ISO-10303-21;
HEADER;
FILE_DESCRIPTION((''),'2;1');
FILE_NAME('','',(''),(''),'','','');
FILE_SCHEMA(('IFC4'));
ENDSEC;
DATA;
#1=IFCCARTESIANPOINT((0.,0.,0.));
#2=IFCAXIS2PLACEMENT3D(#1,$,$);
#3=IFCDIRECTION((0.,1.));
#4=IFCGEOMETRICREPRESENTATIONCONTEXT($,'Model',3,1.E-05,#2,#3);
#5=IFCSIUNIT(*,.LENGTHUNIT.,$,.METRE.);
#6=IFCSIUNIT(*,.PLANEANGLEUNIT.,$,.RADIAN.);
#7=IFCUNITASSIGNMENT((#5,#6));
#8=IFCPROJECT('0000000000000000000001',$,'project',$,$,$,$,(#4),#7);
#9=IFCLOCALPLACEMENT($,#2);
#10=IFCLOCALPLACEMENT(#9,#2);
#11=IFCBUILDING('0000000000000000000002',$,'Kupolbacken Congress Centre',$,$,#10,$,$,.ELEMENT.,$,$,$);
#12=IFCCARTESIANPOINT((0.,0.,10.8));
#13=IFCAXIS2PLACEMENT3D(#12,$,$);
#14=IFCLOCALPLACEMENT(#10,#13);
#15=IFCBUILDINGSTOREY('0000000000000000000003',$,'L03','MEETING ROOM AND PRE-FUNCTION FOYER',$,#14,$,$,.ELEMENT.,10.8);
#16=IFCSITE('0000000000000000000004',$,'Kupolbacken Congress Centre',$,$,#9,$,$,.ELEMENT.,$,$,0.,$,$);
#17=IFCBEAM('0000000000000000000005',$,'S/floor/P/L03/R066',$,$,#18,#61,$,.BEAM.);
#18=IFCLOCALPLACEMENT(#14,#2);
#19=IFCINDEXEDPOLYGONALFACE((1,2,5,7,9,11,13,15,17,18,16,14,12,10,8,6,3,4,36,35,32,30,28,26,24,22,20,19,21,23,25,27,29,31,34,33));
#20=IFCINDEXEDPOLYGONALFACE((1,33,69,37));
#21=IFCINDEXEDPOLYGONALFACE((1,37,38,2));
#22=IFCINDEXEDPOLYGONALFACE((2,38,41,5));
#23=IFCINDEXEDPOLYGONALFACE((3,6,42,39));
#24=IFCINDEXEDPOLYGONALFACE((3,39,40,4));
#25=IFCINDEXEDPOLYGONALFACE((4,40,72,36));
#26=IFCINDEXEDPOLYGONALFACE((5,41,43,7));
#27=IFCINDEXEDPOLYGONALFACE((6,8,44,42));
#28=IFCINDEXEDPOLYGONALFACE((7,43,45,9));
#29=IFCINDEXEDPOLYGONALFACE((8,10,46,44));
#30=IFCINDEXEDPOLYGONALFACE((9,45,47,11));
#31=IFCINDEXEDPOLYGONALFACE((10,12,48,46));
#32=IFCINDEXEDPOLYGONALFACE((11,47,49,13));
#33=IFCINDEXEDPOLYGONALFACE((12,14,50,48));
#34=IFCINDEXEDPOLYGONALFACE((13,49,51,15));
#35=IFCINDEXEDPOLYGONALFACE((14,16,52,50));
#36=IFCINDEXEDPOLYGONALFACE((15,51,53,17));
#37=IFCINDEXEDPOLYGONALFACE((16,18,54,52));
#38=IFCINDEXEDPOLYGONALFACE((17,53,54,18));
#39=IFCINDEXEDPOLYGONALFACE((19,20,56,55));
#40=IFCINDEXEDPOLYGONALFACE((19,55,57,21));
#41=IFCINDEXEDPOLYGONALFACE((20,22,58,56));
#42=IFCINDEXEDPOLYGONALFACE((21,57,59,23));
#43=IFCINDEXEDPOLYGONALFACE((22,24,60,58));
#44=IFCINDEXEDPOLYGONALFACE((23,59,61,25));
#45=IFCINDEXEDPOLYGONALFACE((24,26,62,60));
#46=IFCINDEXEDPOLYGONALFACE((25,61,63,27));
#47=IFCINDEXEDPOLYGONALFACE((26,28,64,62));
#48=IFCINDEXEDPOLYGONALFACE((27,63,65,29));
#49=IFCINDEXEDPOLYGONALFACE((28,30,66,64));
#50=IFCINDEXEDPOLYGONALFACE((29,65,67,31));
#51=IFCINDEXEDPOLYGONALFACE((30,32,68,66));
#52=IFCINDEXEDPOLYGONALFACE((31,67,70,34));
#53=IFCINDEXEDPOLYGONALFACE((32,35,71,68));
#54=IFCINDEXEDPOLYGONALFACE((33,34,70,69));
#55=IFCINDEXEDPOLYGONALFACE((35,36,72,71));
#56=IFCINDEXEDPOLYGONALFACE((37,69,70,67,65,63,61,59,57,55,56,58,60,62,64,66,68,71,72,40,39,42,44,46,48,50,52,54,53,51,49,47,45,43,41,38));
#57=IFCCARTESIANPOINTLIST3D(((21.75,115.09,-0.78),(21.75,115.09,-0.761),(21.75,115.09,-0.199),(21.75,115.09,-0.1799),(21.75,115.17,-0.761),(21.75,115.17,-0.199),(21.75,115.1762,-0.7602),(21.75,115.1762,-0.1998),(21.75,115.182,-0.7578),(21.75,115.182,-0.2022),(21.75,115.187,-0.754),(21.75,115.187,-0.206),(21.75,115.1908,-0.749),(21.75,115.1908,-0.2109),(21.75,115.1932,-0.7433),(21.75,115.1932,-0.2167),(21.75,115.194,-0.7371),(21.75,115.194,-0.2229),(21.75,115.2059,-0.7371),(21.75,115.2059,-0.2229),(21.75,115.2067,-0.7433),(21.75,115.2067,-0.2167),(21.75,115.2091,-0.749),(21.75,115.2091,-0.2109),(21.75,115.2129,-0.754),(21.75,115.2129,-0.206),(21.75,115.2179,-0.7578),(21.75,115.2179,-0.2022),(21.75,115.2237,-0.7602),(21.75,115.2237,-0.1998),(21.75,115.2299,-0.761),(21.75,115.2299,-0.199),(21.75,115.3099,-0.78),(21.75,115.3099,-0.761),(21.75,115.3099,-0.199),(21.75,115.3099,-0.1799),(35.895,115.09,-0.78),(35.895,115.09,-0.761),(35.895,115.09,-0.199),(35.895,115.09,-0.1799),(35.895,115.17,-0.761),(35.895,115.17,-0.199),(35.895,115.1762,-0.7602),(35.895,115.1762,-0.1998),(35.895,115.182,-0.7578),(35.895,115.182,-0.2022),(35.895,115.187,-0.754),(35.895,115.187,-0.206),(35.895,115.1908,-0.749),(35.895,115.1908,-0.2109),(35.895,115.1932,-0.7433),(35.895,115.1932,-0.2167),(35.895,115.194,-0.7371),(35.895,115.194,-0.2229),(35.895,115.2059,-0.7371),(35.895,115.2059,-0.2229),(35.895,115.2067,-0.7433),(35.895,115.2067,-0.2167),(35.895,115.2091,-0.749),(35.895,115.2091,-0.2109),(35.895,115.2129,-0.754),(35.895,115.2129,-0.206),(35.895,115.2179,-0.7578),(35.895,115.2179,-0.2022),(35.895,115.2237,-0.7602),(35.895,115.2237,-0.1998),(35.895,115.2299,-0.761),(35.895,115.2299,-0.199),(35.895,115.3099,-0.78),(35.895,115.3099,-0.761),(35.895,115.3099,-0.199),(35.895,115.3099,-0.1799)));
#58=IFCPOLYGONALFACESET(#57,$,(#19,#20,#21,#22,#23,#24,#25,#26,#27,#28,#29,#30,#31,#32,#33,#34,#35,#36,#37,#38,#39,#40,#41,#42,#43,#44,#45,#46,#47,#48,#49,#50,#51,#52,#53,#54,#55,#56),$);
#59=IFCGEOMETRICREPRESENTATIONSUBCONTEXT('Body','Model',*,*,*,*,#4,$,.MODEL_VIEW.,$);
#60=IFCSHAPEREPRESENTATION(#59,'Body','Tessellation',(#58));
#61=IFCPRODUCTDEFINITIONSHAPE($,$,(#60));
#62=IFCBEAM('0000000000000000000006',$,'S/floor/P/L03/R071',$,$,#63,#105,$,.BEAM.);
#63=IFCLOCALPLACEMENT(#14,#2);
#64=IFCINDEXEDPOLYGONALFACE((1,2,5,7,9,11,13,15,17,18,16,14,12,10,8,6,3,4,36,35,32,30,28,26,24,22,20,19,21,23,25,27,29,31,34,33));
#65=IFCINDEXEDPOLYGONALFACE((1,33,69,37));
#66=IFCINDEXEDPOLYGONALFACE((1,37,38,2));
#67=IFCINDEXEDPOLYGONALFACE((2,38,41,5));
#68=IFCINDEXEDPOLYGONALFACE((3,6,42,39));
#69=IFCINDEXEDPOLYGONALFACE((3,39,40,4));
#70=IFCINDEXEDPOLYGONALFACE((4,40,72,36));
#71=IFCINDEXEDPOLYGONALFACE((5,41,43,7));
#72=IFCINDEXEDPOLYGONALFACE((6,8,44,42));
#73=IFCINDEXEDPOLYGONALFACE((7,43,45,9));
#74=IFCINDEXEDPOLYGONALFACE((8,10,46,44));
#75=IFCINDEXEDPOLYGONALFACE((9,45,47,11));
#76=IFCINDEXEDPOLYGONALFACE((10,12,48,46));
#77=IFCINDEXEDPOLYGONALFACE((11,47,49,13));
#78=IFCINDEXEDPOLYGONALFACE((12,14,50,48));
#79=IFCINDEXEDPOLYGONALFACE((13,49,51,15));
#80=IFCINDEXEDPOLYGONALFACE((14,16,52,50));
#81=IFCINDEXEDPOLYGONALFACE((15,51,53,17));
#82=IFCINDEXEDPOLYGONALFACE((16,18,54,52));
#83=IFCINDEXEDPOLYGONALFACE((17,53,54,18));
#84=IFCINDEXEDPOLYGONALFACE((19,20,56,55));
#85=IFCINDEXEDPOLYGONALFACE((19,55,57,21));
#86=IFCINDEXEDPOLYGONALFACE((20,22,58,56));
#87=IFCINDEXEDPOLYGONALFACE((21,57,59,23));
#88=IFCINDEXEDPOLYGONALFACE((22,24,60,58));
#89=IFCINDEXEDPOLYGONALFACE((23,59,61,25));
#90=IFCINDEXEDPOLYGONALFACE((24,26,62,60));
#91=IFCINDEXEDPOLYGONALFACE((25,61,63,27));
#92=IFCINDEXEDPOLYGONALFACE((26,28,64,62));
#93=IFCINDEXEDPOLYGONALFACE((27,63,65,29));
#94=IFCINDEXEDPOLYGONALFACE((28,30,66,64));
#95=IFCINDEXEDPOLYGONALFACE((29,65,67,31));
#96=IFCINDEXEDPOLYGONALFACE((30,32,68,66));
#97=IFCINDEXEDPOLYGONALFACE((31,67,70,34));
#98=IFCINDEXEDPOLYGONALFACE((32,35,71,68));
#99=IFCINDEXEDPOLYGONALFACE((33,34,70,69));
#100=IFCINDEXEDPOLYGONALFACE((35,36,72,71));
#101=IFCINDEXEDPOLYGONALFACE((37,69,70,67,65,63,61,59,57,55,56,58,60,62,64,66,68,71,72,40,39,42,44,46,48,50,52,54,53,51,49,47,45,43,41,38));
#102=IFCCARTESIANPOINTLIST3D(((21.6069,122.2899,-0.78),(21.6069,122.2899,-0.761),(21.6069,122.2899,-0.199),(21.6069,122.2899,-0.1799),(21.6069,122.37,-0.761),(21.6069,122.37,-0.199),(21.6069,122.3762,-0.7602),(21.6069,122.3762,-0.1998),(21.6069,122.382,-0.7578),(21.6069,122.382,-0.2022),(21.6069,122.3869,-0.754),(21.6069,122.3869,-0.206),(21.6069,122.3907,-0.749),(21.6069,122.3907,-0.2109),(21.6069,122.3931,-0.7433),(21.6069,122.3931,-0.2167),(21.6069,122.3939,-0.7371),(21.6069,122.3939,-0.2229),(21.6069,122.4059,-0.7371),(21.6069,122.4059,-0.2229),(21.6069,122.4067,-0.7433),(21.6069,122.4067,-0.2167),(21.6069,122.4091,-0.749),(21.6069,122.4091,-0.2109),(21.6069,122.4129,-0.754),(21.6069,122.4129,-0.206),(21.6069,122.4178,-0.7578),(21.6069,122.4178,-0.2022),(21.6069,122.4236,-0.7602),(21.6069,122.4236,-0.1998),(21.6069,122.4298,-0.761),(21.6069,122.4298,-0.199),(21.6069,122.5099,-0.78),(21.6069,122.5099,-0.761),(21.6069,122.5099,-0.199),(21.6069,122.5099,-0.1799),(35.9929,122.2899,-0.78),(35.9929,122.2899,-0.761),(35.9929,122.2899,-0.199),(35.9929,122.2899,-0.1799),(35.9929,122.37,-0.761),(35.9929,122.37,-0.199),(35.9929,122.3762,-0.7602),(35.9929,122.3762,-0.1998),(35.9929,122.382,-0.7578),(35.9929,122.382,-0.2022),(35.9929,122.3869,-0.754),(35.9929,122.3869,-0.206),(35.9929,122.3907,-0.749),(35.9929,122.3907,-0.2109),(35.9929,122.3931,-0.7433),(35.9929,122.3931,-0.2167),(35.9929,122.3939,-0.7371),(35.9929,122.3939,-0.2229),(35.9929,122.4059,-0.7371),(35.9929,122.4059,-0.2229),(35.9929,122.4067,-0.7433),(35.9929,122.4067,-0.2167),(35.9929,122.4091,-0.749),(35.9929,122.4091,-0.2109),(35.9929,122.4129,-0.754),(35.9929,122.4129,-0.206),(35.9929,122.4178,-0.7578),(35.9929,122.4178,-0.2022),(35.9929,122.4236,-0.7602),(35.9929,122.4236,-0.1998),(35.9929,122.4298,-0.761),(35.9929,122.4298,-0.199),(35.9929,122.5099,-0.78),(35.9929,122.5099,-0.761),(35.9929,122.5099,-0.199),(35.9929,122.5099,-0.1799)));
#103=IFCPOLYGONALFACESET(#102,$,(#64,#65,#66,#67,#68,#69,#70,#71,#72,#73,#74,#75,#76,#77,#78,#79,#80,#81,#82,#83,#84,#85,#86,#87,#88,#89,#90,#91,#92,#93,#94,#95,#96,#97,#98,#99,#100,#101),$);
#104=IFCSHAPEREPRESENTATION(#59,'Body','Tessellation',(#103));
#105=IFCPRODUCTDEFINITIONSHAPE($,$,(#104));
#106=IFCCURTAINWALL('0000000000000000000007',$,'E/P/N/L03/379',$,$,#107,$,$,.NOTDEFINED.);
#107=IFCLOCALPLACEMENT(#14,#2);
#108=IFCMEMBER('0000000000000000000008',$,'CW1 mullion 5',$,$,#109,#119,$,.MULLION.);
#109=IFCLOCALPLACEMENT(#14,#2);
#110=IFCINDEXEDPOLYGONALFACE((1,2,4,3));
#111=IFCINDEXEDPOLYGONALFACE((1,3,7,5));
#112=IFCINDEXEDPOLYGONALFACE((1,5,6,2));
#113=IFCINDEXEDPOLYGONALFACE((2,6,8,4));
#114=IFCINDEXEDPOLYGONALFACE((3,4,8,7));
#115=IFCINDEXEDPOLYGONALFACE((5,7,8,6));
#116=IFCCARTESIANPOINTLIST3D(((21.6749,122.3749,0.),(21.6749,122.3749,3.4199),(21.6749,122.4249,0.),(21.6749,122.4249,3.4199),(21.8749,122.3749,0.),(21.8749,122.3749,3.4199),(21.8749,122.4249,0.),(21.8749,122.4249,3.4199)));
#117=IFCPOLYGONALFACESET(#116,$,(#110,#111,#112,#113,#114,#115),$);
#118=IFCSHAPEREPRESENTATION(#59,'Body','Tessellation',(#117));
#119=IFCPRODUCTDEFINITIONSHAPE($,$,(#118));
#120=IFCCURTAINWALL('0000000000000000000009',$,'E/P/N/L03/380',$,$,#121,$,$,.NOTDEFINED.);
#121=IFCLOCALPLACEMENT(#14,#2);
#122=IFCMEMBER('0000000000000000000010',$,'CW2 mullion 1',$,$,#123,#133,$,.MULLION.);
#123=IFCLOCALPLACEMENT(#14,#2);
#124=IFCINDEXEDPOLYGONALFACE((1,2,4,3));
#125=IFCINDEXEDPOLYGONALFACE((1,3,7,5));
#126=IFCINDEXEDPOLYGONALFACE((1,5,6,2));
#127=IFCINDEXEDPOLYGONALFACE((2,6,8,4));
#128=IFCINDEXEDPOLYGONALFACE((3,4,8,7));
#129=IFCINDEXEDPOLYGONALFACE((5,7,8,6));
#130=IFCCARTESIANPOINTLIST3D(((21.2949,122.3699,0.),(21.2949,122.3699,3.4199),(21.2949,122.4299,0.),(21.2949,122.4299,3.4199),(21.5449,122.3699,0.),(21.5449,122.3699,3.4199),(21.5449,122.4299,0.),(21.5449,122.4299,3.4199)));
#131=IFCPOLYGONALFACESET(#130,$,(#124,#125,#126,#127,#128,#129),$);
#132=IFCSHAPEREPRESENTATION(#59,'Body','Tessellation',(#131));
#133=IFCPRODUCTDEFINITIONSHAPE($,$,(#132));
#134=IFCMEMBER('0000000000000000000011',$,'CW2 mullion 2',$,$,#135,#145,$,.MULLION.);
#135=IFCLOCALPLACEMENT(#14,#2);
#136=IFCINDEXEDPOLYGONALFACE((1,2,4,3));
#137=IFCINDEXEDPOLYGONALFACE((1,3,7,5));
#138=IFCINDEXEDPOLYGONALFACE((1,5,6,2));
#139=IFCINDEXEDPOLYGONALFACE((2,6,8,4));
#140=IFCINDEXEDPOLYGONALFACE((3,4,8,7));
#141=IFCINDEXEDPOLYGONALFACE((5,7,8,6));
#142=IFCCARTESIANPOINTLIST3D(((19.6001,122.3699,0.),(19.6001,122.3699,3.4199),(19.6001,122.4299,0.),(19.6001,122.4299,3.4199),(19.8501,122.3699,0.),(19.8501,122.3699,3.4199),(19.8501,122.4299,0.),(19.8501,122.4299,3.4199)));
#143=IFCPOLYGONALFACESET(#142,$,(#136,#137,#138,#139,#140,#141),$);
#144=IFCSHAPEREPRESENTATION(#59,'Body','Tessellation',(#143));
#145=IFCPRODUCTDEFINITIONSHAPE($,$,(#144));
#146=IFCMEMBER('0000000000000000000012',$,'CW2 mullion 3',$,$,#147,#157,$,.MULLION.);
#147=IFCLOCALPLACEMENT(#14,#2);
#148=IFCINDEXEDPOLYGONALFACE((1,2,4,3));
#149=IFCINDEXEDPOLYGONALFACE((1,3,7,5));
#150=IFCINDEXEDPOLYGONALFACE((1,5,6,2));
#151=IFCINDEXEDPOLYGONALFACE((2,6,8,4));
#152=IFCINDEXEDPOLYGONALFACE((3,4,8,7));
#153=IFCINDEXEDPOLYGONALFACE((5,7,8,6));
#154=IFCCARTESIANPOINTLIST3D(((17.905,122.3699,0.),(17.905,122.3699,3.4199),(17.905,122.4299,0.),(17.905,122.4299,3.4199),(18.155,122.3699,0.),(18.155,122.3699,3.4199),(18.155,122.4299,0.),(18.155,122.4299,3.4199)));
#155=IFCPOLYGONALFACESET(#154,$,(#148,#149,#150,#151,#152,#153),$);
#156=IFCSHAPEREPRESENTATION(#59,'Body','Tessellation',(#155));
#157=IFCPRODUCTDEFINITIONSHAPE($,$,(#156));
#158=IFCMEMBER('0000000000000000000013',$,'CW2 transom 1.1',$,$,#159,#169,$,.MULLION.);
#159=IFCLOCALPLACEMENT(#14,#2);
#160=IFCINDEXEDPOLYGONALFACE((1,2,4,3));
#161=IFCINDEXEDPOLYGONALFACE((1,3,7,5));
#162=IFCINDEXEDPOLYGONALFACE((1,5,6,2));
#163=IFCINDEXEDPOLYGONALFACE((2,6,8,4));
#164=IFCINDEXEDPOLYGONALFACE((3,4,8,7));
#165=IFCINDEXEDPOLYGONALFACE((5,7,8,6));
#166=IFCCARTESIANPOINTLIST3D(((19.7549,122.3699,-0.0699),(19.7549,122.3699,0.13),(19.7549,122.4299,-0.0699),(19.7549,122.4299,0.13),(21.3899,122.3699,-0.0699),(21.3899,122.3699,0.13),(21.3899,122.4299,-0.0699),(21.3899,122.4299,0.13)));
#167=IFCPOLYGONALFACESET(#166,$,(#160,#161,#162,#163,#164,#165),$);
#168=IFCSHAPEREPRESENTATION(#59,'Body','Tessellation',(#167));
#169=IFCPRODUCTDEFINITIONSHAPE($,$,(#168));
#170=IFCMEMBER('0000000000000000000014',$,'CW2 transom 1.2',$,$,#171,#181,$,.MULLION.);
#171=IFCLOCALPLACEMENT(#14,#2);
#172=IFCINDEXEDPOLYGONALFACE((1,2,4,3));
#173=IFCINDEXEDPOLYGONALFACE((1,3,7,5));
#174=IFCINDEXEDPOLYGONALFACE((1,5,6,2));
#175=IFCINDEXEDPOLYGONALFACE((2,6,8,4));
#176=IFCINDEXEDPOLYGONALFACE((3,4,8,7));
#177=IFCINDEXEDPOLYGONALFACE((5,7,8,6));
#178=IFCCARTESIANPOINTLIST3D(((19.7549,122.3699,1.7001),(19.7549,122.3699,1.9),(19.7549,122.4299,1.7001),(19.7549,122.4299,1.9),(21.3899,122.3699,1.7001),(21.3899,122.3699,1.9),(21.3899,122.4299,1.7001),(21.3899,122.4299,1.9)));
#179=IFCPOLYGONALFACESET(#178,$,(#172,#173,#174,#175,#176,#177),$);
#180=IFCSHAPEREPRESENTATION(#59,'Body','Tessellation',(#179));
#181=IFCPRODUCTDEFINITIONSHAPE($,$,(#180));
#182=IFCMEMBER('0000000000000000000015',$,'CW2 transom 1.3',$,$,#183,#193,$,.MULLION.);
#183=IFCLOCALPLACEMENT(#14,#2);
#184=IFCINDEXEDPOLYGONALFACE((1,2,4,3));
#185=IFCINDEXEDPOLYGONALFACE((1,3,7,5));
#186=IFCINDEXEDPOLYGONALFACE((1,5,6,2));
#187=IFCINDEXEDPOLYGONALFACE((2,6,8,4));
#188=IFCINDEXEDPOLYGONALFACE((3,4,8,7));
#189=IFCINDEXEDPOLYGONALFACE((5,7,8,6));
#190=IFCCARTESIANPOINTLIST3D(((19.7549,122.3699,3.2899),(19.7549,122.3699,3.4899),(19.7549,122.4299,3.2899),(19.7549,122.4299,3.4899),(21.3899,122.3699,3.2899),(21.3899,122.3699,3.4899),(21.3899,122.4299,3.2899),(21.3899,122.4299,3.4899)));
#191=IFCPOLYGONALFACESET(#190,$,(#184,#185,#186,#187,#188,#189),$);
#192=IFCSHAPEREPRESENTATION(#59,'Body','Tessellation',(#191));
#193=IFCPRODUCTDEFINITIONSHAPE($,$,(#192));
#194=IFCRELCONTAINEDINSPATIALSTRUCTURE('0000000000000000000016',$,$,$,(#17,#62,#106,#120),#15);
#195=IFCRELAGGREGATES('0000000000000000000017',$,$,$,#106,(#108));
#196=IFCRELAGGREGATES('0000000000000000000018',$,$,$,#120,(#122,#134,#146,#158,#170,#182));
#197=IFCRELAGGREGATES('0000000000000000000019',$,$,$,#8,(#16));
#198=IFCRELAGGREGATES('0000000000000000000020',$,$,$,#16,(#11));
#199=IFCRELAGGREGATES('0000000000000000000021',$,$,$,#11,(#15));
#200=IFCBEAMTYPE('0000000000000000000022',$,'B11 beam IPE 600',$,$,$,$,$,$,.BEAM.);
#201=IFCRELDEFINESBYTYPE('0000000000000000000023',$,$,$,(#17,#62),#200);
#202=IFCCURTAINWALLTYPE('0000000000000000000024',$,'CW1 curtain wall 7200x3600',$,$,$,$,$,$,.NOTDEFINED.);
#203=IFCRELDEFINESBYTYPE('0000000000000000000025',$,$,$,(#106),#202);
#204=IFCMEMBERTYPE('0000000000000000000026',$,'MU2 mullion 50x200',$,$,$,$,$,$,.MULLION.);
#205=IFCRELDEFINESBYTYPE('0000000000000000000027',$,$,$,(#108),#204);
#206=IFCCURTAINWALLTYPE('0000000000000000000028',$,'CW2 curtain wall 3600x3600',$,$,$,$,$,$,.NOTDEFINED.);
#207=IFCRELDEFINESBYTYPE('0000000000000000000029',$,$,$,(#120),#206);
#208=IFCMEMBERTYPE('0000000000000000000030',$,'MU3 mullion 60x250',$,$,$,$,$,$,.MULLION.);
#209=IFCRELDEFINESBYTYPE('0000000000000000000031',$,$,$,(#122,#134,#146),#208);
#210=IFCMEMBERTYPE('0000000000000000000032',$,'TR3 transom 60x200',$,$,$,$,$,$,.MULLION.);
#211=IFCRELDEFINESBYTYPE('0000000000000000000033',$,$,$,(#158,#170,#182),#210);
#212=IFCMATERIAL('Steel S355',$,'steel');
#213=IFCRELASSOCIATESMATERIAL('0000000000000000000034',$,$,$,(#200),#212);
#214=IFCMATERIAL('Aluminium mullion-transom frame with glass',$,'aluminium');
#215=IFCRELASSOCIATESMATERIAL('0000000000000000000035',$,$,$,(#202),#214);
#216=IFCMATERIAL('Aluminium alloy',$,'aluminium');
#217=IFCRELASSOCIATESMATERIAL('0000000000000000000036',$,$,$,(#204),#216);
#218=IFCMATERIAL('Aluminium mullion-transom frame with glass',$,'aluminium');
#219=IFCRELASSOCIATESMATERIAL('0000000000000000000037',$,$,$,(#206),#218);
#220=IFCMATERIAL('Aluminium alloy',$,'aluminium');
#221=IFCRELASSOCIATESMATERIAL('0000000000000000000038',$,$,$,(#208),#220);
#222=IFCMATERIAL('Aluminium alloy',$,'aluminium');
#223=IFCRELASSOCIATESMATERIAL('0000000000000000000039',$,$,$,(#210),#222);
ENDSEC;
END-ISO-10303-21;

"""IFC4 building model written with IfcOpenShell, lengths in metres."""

from ifc_helpers import new_model, si_unit, direction, frame, origin, origin_2d, place, context, subcontext, project, spatial, rectangle, i_section, extrude, material, material_profile, profile_set, type_object, element, aggregate, save


model = new_model("IFC4")

# Units and contexts
model_context = context("Model", 3, precision=1e-05, world=origin(), true_north=direction((0.0, 1.0)))
body_context = subcontext(model_context, "Body", "Model", "MODEL_VIEW")
ifc_project = project(units=[si_unit("LENGTHUNIT", "METRE"), si_unit("PLANEANGLEUNIT", "RADIAN")], contexts=[model_context])

# Site, building, storey
site_placement = place(None, origin())
site = spatial("IfcSite", under=ifc_project, at=site_placement, Name="Kupolbacken Congress Centre", CompositionType="ELEMENT", RefElevation=0.0)
building_placement = place(site_placement, origin())
building = spatial("IfcBuilding", under=site, at=building_placement, Name="Kupolbacken Congress Centre", CompositionType="ELEMENT")
storey_placement = place(building_placement, frame((0.0, 0.0, 10.8)))
storey = spatial("IfcBuildingStorey", under=building, at=storey_placement, Name="L03", Description="MEETING ROOM AND PRE-FUNCTION FOYER", CompositionType="ELEMENT", Elevation=10.8)

# Beams
ifc_material_1 = material(Name="Steel S355", Category="steel")
ifc_material_profile_1 = material_profile(ifc_material_1, i_section(OverallWidth=0.22, OverallDepth=0.6001, WebThickness=0.012, FlangeThickness=0.019, FilletRadius=0.0239, at=origin_2d()), Name="IPE 600")
ifc_profile_set_1 = profile_set([ifc_material_profile_1], Name="Steel S355")
beam_type_1 = type_object("IfcBeamType", Name="B11 beam IPE 600", PredefinedType="BEAM", material=ifc_profile_set_1)
beam_1_placement = place(storey_placement, frame((21.75, 115.2, -0.48), z_axis=(1.0, 0.0, 0.0), x_axis=(0.0, 1.0, 0.0)))
element("IfcBeam", 1, at=beam_1_placement, inside=storey, type_object=beam_type_1, Name="S/floor/P/L03/R066", PredefinedType="BEAM", context=body_context, shape_type="SweptSolid", body=[
    extrude(i_section(OverallWidth=0.22, OverallDepth=0.6001, WebThickness=0.012, FlangeThickness=0.019, FilletRadius=0.0239, at=origin_2d()), origin(), (0.0, 0.0, 1.0), 14.145),
])
beam_2_placement = place(storey_placement, frame((21.6069, 122.3999, -0.48), z_axis=(1.0, 0.0, 0.0), x_axis=(0.0, 1.0, 0.0)))
element("IfcBeam", 2, at=beam_2_placement, inside=storey, type_object=beam_type_1, Name="S/floor/P/L03/R071", PredefinedType="BEAM", context=body_context, shape_type="SweptSolid", body=[
    extrude(i_section(OverallWidth=0.22, OverallDepth=0.6001, WebThickness=0.012, FlangeThickness=0.019, FilletRadius=0.0239, at=origin_2d()), origin(), (0.0, 0.0, 1.0), 14.386),
])

# Curtain wall, member
ifc_material_2 = material(Name="Aluminium mullion-transom frame with glass", Category="aluminium")
curtain_wall_type_1 = type_object("IfcCurtainWallType", Name="CW1 curtain wall 7200x3600", PredefinedType="NOTDEFINED", material=ifc_material_2)
curtain_wall_1_placement = place(storey_placement, origin())
curtain_wall_1 = element("IfcCurtainWall", 3, at=curtain_wall_1_placement, inside=storey, type_object=curtain_wall_type_1, Name="E/P/N/L03/379", PredefinedType="NOTDEFINED")
ifc_material_3 = material(Name="Aluminium alloy", Category="aluminium")
ifc_material_profile_2 = material_profile(ifc_material_3, rectangle(XDim=0.05, YDim=0.2, at=origin_2d()), Name="50 x 200")
ifc_profile_set_2 = profile_set([ifc_material_profile_2], Name="Aluminium alloy")
member_type_1 = type_object("IfcMemberType", Name="MU2 mullion 50x200", PredefinedType="MULLION", material=ifc_profile_set_2)
member_1_placement = place(storey_placement, frame((21.7749, 122.3999, 0.0), z_axis=(0.0, 0.0, 1.0), x_axis=(0.0, -1.0, 0.0)))
member_1 = element("IfcMember", 4, at=member_1_placement, type_object=member_type_1, Name="CW1 mullion 5", PredefinedType="MULLION", context=body_context, shape_type="SweptSolid", body=[
    extrude(rectangle(XDim=0.05, YDim=0.2, at=origin_2d()), origin(), (0.0, 0.0, 1.0), 3.4199),
])
aggregate(curtain_wall_1, [member_1])

# Curtain wall, members
ifc_material_4 = material(Name="Aluminium mullion-transom frame with glass", Category="aluminium")
curtain_wall_type_2 = type_object("IfcCurtainWallType", Name="CW2 curtain wall 3600x3600", PredefinedType="NOTDEFINED", material=ifc_material_4)
curtain_wall_2_placement = place(storey_placement, origin())
curtain_wall_2 = element("IfcCurtainWall", 5, at=curtain_wall_2_placement, inside=storey, type_object=curtain_wall_type_2, Name="E/P/N/L03/380", PredefinedType="NOTDEFINED")
ifc_material_5 = material(Name="Aluminium alloy", Category="aluminium")
ifc_material_profile_3 = material_profile(ifc_material_5, rectangle(XDim=0.0601, YDim=0.25, at=origin_2d()), Name="60 x 250")
ifc_profile_set_3 = profile_set([ifc_material_profile_3], Name="Aluminium alloy")
member_type_2 = type_object("IfcMemberType", Name="MU3 mullion 60x250", PredefinedType="MULLION", material=ifc_profile_set_3)
member_2_placement = place(storey_placement, frame((21.4199, 122.3999, 0.0), z_axis=(0.0, 0.0, 1.0), x_axis=(0.0, -1.0, 0.0)))
member_2 = element("IfcMember", 6, at=member_2_placement, type_object=member_type_2, Name="CW2 mullion 1", PredefinedType="MULLION", context=body_context, shape_type="SweptSolid", body=[
    extrude(rectangle(XDim=0.0601, YDim=0.25, at=origin_2d()), origin(), (0.0, 0.0, 1.0), 3.4199),
])
member_3_placement = place(storey_placement, frame((19.7251, 122.3999, 0.0), z_axis=(0.0, 0.0, 1.0), x_axis=(0.0, -1.0, 0.0)))
member_3 = element("IfcMember", 7, at=member_3_placement, type_object=member_type_2, Name="CW2 mullion 2", PredefinedType="MULLION", context=body_context, shape_type="SweptSolid", body=[
    extrude(rectangle(XDim=0.0601, YDim=0.25, at=origin_2d()), origin(), (0.0, 0.0, 1.0), 3.4199),
])
member_4_placement = place(storey_placement, frame((18.03, 122.3999, 0.0), z_axis=(0.0, 0.0, 1.0), x_axis=(0.0, -1.0, 0.0)))
member_4 = element("IfcMember", 8, at=member_4_placement, type_object=member_type_2, Name="CW2 mullion 3", PredefinedType="MULLION", context=body_context, shape_type="SweptSolid", body=[
    extrude(rectangle(XDim=0.0601, YDim=0.25, at=origin_2d()), origin(), (0.0, 0.0, 1.0), 3.4199),
])
ifc_material_6 = material(Name="Aluminium alloy", Category="aluminium")
ifc_material_profile_4 = material_profile(ifc_material_6, rectangle(XDim=0.0601, YDim=0.2, at=origin_2d()), Name="60 x 200")
ifc_profile_set_4 = profile_set([ifc_material_profile_4], Name="Aluminium alloy")
member_type_3 = type_object("IfcMemberType", Name="TR3 transom 60x200", PredefinedType="MULLION", material=ifc_profile_set_4)
member_5_placement = place(storey_placement, frame((21.3899, 122.3999, 0.03), z_axis=(-1.0, 0.0, 0.0), x_axis=(0.0, -1.0, 0.0)))
member_5 = element("IfcMember", 9, at=member_5_placement, type_object=member_type_3, Name="CW2 transom 1.1", PredefinedType="MULLION", context=body_context, shape_type="SweptSolid", body=[
    extrude(rectangle(XDim=0.0601, YDim=0.2, at=origin_2d()), origin(), (0.0, 0.0, 1.0), 1.635),
])
member_6_placement = place(storey_placement, frame((21.3899, 122.3999, 1.8), z_axis=(-1.0, 0.0, 0.0), x_axis=(0.0, -1.0, 0.0)))
member_6 = element("IfcMember", 10, at=member_6_placement, type_object=member_type_3, Name="CW2 transom 1.2", PredefinedType="MULLION", context=body_context, shape_type="SweptSolid", body=[
    extrude(rectangle(XDim=0.0601, YDim=0.2, at=origin_2d()), origin(), (0.0, 0.0, 1.0), 1.635),
])
member_7_placement = place(storey_placement, frame((21.3899, 122.3999, 3.3899), z_axis=(-1.0, 0.0, 0.0), x_axis=(0.0, -1.0, 0.0)))
member_7 = element("IfcMember", 11, at=member_7_placement, type_object=member_type_3, Name="CW2 transom 1.3", PredefinedType="MULLION", context=body_context, shape_type="SweptSolid", body=[
    extrude(rectangle(XDim=0.0601, YDim=0.2, at=origin_2d()), origin(), (0.0, 0.0, 1.0), 1.635),
])
aggregate(curtain_wall_2, [member_2, member_3, member_4, member_5, member_6, member_7])

save(model, "model.ifc")
